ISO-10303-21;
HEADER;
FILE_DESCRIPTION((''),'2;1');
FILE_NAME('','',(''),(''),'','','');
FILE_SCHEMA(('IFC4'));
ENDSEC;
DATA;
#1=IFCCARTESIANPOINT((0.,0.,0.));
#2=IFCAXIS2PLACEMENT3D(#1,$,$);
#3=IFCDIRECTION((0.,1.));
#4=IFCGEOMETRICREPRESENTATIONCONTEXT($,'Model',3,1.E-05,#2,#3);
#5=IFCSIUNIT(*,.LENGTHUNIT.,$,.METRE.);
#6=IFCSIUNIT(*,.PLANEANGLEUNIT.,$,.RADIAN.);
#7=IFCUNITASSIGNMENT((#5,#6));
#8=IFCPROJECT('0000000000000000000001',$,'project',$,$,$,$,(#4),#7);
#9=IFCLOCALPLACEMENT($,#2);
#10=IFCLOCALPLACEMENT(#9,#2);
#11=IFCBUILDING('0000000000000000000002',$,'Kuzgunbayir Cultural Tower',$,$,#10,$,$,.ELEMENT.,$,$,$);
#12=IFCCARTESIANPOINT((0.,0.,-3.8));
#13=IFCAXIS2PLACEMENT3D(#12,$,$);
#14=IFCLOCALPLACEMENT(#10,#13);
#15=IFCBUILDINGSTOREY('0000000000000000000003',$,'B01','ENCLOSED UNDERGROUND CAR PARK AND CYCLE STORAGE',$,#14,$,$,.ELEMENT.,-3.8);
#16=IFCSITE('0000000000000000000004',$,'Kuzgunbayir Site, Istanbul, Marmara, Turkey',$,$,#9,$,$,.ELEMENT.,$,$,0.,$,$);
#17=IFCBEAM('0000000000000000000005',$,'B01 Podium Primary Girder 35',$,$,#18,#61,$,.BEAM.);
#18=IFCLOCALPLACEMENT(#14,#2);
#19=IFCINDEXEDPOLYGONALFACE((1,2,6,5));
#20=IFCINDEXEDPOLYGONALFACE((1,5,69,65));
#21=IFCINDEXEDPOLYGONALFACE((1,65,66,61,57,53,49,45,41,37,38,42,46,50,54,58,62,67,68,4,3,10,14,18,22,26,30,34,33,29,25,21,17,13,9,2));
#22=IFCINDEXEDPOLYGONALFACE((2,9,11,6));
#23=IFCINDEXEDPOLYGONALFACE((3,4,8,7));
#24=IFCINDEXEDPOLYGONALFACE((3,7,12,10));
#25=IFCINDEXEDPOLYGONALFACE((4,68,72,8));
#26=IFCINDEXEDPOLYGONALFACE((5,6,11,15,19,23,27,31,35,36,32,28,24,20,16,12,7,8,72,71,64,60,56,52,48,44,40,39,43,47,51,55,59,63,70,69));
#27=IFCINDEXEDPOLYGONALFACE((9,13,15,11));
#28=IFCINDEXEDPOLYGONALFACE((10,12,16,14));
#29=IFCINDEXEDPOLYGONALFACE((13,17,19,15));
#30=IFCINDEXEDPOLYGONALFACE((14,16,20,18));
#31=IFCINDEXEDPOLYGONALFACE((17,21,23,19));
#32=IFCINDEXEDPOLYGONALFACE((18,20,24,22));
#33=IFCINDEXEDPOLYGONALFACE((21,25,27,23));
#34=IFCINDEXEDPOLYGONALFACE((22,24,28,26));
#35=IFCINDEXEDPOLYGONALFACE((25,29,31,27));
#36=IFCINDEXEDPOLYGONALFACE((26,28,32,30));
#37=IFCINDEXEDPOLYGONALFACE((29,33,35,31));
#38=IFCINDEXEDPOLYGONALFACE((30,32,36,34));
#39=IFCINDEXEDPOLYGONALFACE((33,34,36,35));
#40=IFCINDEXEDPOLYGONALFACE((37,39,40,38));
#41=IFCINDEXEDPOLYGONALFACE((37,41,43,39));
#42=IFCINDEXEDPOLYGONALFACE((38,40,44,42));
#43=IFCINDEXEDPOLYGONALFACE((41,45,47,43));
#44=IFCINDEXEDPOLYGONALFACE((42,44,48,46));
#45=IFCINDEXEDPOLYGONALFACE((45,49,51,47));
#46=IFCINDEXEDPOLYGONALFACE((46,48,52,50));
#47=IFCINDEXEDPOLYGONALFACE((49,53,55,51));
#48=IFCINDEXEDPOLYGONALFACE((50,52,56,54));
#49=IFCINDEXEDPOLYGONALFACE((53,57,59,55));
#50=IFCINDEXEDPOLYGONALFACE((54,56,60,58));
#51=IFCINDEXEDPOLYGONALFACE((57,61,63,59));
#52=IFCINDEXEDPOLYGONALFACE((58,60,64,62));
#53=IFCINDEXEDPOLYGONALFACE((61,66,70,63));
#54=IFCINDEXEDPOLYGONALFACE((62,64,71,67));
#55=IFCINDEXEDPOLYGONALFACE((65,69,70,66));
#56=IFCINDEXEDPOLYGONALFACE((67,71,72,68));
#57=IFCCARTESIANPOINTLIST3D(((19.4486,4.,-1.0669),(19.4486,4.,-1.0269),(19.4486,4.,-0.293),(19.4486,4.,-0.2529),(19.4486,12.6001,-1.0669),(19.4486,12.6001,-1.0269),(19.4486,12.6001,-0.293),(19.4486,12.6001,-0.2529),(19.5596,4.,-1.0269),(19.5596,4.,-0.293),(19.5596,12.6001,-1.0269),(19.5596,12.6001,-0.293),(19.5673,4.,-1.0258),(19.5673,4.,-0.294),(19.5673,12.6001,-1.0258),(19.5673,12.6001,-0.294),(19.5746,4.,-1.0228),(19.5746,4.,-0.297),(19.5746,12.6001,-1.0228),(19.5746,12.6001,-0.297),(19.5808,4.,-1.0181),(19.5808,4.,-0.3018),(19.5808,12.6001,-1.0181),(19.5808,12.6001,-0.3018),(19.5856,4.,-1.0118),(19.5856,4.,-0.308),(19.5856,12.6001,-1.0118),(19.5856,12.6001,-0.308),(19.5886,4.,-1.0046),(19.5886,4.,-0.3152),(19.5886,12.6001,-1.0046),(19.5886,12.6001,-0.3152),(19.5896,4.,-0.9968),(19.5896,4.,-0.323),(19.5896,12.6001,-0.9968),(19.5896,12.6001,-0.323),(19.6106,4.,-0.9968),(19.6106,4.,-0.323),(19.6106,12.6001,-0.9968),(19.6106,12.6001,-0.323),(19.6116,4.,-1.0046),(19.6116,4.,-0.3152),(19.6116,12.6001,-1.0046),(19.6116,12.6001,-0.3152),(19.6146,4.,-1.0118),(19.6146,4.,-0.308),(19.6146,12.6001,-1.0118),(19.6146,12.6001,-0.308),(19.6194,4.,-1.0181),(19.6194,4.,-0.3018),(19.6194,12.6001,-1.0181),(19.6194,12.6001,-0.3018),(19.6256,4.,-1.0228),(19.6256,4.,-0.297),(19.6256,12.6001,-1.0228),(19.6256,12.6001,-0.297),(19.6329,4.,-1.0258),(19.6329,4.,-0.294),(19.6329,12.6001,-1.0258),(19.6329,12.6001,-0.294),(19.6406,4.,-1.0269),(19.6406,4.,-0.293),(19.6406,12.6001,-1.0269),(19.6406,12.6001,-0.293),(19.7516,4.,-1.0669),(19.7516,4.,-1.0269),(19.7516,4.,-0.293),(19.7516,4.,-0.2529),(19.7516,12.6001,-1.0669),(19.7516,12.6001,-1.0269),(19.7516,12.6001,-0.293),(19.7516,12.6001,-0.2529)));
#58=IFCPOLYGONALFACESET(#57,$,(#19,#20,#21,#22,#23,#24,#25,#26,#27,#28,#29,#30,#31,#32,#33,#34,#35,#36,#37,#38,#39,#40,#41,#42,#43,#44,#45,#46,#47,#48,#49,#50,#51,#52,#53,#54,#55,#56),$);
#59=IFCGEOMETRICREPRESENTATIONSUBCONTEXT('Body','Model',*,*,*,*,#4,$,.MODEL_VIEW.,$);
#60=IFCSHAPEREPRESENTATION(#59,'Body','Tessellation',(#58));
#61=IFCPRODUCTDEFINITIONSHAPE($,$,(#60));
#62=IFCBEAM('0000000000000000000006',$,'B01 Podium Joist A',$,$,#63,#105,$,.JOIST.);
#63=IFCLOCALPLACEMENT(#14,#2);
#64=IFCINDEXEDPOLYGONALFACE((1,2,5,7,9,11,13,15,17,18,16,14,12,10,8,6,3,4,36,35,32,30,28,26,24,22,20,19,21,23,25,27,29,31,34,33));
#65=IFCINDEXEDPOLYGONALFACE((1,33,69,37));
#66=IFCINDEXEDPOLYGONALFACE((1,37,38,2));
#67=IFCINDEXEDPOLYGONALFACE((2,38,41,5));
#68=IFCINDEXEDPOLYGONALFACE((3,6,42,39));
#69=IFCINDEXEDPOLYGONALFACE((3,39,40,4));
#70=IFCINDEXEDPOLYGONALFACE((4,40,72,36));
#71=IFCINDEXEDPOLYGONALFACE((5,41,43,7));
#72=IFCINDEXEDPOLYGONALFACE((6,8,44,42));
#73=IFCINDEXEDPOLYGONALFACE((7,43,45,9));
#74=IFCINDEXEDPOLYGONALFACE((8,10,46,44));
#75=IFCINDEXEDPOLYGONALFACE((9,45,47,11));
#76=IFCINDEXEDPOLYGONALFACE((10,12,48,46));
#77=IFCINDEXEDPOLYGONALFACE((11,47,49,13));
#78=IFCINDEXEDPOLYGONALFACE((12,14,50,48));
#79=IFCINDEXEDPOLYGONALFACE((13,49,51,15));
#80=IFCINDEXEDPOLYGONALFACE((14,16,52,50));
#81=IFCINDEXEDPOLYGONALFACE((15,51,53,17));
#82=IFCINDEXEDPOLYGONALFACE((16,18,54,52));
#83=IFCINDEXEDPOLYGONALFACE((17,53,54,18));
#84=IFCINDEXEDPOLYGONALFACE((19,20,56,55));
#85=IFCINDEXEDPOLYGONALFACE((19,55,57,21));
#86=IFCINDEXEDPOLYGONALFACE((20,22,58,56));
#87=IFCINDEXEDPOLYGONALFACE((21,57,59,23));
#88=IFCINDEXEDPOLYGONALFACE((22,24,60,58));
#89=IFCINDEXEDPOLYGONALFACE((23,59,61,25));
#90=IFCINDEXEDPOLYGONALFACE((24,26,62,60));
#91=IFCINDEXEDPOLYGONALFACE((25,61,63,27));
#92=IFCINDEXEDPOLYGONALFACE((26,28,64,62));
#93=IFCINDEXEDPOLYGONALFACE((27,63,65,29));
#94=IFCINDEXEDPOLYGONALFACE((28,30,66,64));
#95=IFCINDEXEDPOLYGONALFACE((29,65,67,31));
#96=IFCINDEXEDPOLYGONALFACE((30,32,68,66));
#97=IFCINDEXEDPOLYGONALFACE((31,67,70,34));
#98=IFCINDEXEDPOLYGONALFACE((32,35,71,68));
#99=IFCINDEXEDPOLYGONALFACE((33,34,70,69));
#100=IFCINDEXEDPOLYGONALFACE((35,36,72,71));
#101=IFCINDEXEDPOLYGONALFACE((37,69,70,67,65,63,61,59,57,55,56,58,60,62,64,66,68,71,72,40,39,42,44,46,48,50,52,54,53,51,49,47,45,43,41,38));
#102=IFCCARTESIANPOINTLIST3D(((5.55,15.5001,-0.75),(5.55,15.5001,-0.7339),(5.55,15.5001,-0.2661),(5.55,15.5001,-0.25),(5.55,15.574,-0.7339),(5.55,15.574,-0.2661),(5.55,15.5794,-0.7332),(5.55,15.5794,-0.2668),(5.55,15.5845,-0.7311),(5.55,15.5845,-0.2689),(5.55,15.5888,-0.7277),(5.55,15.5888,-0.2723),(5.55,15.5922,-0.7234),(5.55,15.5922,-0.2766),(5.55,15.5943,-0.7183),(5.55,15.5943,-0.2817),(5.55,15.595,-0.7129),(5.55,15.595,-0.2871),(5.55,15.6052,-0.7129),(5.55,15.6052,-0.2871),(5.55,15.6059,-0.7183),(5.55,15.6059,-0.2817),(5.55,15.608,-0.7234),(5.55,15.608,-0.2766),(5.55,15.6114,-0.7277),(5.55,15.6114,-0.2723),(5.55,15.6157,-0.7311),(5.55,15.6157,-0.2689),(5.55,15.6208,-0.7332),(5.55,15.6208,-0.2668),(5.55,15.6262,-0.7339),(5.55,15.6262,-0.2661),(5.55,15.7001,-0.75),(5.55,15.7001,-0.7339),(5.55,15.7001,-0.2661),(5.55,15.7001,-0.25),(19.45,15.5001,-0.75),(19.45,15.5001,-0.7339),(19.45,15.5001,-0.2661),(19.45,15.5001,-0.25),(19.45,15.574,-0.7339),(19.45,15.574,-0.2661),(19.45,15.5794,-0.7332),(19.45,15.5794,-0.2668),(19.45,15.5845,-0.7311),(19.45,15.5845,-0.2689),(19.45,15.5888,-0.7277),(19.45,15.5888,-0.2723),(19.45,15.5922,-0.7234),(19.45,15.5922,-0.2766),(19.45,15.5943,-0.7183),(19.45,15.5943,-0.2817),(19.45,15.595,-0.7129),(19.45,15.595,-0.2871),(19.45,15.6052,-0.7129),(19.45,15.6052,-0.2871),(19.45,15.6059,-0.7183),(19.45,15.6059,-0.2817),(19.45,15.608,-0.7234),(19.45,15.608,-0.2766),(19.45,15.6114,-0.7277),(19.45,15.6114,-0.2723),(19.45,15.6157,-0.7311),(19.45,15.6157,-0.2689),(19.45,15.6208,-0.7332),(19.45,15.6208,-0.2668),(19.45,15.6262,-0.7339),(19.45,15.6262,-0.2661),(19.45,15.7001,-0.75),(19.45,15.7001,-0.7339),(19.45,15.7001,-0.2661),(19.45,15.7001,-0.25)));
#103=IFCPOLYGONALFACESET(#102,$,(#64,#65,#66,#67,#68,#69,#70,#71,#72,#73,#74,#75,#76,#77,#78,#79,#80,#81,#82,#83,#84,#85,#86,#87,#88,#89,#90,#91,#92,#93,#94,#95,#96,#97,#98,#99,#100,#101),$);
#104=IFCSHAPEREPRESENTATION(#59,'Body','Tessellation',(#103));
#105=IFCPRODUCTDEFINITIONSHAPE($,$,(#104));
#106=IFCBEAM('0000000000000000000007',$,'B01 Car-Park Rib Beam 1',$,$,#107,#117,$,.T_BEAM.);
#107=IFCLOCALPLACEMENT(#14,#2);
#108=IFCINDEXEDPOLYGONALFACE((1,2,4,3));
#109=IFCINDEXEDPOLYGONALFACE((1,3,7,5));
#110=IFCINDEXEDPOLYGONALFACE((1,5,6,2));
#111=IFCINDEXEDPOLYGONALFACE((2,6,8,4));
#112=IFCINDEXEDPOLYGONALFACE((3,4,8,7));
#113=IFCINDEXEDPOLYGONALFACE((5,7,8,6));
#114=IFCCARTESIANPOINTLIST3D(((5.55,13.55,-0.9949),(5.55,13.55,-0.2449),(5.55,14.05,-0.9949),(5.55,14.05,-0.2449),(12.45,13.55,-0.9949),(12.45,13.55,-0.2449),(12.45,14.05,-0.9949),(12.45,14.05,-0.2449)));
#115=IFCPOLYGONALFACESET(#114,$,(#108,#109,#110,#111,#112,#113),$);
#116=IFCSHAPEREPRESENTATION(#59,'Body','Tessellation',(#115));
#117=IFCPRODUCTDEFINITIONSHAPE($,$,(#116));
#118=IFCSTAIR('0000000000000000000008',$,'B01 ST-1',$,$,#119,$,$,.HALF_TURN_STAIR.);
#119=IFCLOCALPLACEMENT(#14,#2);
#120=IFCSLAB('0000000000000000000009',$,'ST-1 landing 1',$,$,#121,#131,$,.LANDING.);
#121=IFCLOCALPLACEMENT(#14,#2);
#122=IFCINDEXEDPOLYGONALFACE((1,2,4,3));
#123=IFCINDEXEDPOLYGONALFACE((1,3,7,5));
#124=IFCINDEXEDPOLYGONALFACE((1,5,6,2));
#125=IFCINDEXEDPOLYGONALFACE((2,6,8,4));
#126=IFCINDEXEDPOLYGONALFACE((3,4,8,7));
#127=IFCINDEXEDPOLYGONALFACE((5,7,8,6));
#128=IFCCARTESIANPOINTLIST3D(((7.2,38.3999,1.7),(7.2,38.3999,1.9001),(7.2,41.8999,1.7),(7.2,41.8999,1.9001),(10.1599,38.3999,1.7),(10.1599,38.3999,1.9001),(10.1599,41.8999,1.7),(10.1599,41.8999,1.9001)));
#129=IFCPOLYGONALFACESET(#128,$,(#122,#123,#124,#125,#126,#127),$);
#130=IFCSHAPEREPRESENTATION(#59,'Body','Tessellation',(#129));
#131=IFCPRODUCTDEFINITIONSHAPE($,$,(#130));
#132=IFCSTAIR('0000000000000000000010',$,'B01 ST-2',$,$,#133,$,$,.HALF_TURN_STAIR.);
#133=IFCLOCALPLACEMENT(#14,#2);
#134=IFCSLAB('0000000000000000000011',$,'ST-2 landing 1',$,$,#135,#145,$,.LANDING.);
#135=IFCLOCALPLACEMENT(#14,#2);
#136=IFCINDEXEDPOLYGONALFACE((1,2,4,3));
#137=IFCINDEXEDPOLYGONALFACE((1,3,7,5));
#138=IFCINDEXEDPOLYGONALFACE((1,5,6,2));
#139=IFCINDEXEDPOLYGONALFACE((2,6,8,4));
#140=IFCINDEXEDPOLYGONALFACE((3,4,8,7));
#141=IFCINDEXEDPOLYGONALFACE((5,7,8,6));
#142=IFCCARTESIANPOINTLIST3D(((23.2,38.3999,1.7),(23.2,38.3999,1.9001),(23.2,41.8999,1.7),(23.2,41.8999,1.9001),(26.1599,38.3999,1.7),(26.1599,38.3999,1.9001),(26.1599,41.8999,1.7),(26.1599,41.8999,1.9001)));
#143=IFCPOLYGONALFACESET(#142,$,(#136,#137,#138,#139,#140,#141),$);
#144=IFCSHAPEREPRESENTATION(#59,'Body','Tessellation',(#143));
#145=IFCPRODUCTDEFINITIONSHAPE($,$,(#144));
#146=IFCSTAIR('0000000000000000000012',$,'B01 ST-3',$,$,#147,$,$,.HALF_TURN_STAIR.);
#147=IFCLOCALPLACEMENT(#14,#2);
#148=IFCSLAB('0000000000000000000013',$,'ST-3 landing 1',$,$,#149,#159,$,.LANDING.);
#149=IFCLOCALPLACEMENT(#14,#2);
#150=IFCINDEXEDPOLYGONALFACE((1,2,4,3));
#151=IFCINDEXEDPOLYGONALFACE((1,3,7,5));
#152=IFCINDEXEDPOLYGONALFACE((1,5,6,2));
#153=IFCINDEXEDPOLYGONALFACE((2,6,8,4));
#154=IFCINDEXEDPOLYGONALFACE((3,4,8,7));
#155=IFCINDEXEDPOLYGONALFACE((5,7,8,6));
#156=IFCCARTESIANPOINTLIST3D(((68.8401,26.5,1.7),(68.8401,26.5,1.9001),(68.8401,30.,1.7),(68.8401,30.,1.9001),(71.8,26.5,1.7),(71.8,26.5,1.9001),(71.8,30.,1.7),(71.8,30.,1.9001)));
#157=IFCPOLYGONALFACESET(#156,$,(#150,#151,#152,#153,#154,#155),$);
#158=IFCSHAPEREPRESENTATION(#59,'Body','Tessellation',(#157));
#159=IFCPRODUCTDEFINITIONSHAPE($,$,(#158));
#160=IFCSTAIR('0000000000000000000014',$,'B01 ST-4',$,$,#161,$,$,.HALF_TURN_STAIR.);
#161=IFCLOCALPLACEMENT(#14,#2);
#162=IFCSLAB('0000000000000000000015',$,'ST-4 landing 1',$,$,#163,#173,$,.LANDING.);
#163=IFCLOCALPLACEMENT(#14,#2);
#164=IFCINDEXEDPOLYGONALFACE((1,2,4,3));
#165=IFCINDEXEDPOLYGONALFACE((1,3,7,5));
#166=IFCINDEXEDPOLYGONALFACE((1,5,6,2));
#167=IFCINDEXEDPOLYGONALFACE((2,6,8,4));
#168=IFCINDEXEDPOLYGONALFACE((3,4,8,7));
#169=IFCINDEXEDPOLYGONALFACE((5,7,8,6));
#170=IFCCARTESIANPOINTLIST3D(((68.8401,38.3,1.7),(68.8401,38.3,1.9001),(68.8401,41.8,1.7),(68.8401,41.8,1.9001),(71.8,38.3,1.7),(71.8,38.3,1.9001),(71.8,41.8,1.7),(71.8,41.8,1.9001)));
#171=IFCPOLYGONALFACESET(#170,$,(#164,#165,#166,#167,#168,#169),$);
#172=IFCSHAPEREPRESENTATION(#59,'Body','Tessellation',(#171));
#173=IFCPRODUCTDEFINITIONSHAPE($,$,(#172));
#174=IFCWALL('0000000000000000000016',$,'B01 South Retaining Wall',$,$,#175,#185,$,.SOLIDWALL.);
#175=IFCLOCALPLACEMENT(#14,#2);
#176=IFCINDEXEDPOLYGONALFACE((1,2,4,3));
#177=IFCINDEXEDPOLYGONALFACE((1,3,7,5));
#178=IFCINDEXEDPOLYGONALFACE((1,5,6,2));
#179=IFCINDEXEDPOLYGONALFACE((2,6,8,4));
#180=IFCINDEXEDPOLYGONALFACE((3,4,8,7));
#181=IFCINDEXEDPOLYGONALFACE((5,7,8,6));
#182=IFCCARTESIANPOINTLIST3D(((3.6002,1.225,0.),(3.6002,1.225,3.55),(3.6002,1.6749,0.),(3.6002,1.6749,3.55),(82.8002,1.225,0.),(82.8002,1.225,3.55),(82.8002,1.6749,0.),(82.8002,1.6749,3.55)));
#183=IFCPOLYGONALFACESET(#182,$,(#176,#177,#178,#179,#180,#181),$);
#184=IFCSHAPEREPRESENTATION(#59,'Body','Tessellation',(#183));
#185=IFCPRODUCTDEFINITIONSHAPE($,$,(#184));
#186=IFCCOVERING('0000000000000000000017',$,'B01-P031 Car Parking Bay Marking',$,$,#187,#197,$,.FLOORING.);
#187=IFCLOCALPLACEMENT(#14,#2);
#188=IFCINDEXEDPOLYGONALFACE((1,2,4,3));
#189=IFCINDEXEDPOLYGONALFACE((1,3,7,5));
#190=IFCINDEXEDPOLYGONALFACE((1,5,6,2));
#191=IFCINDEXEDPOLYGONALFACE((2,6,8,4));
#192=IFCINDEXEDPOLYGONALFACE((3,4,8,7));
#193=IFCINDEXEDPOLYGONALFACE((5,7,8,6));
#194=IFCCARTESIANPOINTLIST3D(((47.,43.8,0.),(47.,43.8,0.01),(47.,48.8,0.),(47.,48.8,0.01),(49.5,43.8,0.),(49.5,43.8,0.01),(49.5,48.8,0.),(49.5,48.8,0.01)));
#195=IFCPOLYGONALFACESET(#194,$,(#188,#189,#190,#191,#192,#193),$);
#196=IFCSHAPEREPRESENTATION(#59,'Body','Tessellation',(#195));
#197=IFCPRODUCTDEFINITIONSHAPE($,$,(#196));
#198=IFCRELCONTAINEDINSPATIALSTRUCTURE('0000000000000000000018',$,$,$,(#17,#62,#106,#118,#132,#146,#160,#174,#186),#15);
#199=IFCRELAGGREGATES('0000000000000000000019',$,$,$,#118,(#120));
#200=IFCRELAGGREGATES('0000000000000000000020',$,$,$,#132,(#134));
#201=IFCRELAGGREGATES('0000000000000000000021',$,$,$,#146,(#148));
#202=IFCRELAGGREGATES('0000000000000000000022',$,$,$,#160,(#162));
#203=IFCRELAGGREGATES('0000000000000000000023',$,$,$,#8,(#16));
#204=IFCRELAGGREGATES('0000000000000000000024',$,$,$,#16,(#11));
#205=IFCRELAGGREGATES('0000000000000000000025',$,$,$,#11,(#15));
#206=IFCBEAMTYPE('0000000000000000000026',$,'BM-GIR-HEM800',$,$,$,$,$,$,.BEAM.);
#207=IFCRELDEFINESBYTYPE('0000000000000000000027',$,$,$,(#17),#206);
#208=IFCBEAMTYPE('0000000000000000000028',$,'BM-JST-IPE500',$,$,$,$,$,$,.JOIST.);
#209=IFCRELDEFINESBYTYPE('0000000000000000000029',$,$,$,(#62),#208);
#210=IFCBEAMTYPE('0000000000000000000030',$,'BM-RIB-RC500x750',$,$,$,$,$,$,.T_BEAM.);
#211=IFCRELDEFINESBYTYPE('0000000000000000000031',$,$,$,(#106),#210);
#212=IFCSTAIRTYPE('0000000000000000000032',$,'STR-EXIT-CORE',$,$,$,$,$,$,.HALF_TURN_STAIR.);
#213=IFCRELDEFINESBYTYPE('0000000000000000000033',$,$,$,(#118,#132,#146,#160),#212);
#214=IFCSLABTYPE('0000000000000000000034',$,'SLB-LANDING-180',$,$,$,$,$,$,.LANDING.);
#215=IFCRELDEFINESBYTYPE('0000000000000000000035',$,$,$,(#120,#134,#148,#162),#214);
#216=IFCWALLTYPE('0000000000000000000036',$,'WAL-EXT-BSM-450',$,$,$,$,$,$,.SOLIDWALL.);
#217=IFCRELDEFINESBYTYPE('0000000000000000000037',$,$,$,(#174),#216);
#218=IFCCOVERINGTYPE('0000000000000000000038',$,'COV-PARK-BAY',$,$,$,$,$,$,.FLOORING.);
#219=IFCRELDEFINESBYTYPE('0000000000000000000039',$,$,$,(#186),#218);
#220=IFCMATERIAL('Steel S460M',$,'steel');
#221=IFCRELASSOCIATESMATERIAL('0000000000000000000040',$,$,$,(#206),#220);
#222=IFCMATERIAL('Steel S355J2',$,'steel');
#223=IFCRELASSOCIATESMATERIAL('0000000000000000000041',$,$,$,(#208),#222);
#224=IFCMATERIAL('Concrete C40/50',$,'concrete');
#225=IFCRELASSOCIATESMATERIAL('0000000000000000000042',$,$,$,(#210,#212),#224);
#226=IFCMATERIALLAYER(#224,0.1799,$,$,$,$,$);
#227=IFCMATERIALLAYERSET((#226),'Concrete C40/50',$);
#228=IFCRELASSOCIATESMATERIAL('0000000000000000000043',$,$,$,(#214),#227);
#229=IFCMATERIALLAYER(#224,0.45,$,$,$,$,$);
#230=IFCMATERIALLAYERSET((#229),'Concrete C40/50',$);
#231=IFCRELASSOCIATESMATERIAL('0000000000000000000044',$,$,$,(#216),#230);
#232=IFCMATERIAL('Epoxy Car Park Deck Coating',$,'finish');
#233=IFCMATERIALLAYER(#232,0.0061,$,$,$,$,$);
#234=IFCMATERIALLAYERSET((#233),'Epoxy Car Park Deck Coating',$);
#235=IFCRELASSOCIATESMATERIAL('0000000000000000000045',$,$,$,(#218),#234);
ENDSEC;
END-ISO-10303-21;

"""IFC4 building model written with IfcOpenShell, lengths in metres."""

from ifc_helpers import new_model, si_unit, direction, frame, frame_2d, origin, origin_2d, place, context, subcontext, project, spatial, polyline, rectangle, i_section, outline, extrude, material, layer, layer_set, material_profile, profile_set, type_object, element, aggregate, save


model = new_model("IFC4")

# Units and contexts
model_context = context("Model", 3, precision=1e-05, world=origin(), true_north=direction((0.0, 1.0)))
body_context = subcontext(model_context, "Body", "Model", "MODEL_VIEW")
ifc_project = project(units=[si_unit("LENGTHUNIT", "METRE"), si_unit("PLANEANGLEUNIT", "RADIAN")], contexts=[model_context])

# Site, building, storey
site_placement = place(None, origin())
site = spatial("IfcSite", under=ifc_project, at=site_placement, Name="Kuzgunbayir Site, Istanbul, Marmara, Turkey", CompositionType="ELEMENT", RefElevation=0.0)
building_placement = place(site_placement, origin())
building = spatial("IfcBuilding", under=site, at=building_placement, Name="Kuzgunbayir Cultural Tower", CompositionType="ELEMENT")
storey_placement = place(building_placement, frame((0.0, 0.0, -3.8)))
storey = spatial("IfcBuildingStorey", under=building, at=storey_placement, Name="B01", Description="ENCLOSED UNDERGROUND CAR PARK AND CYCLE STORAGE", CompositionType="ELEMENT", Elevation=-3.8)

# Shared definitions
ifc_material_1 = material(Name="Concrete C40/50", Category="concrete")

# Beams
ifc_material_2 = material(Name="Steel S460M", Category="steel")
ifc_material_profile_1 = material_profile(ifc_material_2, i_section(OverallWidth=0.303, OverallDepth=0.814, WebThickness=0.021, FlangeThickness=0.04, FilletRadius=0.03, at=origin_2d()), Name="HEM 800")
ifc_profile_set_1 = profile_set([ifc_material_profile_1], Name="Steel S460M")
beam_type_1 = type_object("IfcBeamType", Name="BM-GIR-HEM800", PredefinedType="BEAM", material=ifc_profile_set_1)
for number, where, z_axis, x_axis, name in (
    (1, (19.6001, 4.0, -0.6599), (0.0, 1.0, 0.0), (-1.0, 0.0, 0.0), "B01 Podium Primary Girder 35"),
):
    element("IfcBeam", number, at=place(storey_placement, frame(where, z_axis=z_axis, x_axis=x_axis)), inside=storey, type_object=beam_type_1, Name=name, PredefinedType="BEAM", context=body_context, shape_type="SweptSolid", body=[
        extrude(i_section(OverallWidth=0.303, OverallDepth=0.814, WebThickness=0.021, FlangeThickness=0.04, FilletRadius=0.03, at=origin_2d()), origin(), (0.0, 0.0, 1.0), 8.6001),
    ])
ifc_material_3 = material(Name="Steel S355J2", Category="steel")
ifc_material_profile_2 = material_profile(ifc_material_3, i_section(OverallWidth=0.2, OverallDepth=0.5, WebThickness=0.0103, FlangeThickness=0.0161, FilletRadius=0.021, at=origin_2d()), Name="IPE 500")
ifc_profile_set_2 = profile_set([ifc_material_profile_2], Name="Steel S355J2")
beam_type_2 = type_object("IfcBeamType", Name="BM-JST-IPE500", PredefinedType="JOIST", material=ifc_profile_set_2)
beam_1_placement = place(storey_placement, frame((5.55, 15.6001, -0.5), z_axis=(1.0, 0.0, 0.0), x_axis=(0.0, 1.0, 0.0)))
element("IfcBeam", 2, at=beam_1_placement, inside=storey, type_object=beam_type_2, Name="B01 Podium Joist A", PredefinedType="JOIST", context=body_context, shape_type="SweptSolid", body=[
    extrude(i_section(OverallWidth=0.2, OverallDepth=0.5, WebThickness=0.0103, FlangeThickness=0.0161, FilletRadius=0.021, at=origin_2d()), origin(), (0.0, 0.0, 1.0), 13.8999),
])
ifc_material_profile_3 = material_profile(ifc_material_1, rectangle(XDim=0.5, YDim=0.75, at=origin_2d()), Name="RC 500x750")
ifc_profile_set_3 = profile_set([ifc_material_profile_3], Name="Concrete C40/50")
beam_type_3 = type_object("IfcBeamType", Name="BM-RIB-RC500x750", PredefinedType="T_BEAM", material=ifc_profile_set_3)
beam_2_placement = place(storey_placement, frame((5.55, 13.8, -0.6199), z_axis=(1.0, 0.0, 0.0), x_axis=(0.0, 1.0, 0.0)))
element("IfcBeam", 3, at=beam_2_placement, inside=storey, type_object=beam_type_3, Name="B01 Car-Park Rib Beam 1", PredefinedType="T_BEAM", context=body_context, shape_type="SweptSolid", body=[
    extrude(rectangle(XDim=0.5, YDim=0.75, at=origin_2d()), origin(), (0.0, 0.0, 1.0), 6.8999),
])

# Stairs, slabs
stair_type = type_object("IfcStairType", Name="STR-EXIT-CORE", PredefinedType="HALF_TURN_STAIR", material=ifc_material_1)
stair_1_placement = place(storey_placement, origin())
stair_1 = element("IfcStair", 4, at=stair_1_placement, inside=storey, type_object=stair_type, Name="B01 ST-1", PredefinedType="HALF_TURN_STAIR")
ifc_layer_1 = layer(ifc_material_1, 0.1799)
ifc_layer_set_1 = layer_set([ifc_layer_1], Name="Concrete C40/50")
slab_type = type_object("IfcSlabType", Name="SLB-LANDING-180", PredefinedType="LANDING", material=ifc_layer_set_1)
slab_1_placement = place(storey_placement, frame((0.0, 0.0, 1.7)))
slab_1 = element("IfcSlab", 5, at=slab_1_placement, type_object=slab_type, Name="ST-1 landing 1", PredefinedType="LANDING", context=body_context, shape_type="SweptSolid", body=[
    extrude(outline(polyline([(10.1599, 38.3999), (10.1599, 41.8999), (7.2, 41.8999), (7.2, 38.3999), (10.1599, 38.3999)])), origin(), (0.0, 0.0, 1.0), 0.2002),
])
aggregate(stair_1, [slab_1])
stair_2_placement = place(storey_placement, origin())
stair_2 = element("IfcStair", 6, at=stair_2_placement, inside=storey, type_object=stair_type, Name="B01 ST-2", PredefinedType="HALF_TURN_STAIR")
slab_2_placement = place(storey_placement, frame((0.0, 0.0, 1.7)))
slab_2 = element("IfcSlab", 7, at=slab_2_placement, type_object=slab_type, Name="ST-2 landing 1", PredefinedType="LANDING", context=body_context, shape_type="SweptSolid", body=[
    extrude(outline(polyline([(26.1599, 38.3999), (26.1599, 41.8999), (23.2, 41.8999), (23.2, 38.3999), (26.1599, 38.3999)])), origin(), (0.0, 0.0, 1.0), 0.2002),
])
aggregate(stair_2, [slab_2])
stair_3_placement = place(storey_placement, origin())
stair_3 = element("IfcStair", 8, at=stair_3_placement, inside=storey, type_object=stair_type, Name="B01 ST-3", PredefinedType="HALF_TURN_STAIR")
slab_3_placement = place(storey_placement, frame((0.0, 0.0, 1.7)))
slab_3 = element("IfcSlab", 9, at=slab_3_placement, type_object=slab_type, Name="ST-3 landing 1", PredefinedType="LANDING", context=body_context, shape_type="SweptSolid", body=[
    extrude(outline(polyline([(71.8, 26.5), (71.8, 30.0), (68.8401, 30.0), (68.8401, 26.5), (71.8, 26.5)])), origin(), (0.0, 0.0, 1.0), 0.2002),
])
aggregate(stair_3, [slab_3])
stair_4_placement = place(storey_placement, origin())
stair_4 = element("IfcStair", 10, at=stair_4_placement, inside=storey, type_object=stair_type, Name="B01 ST-4", PredefinedType="HALF_TURN_STAIR")
slab_4_placement = place(storey_placement, frame((0.0, 0.0, 1.7)))
slab_4 = element("IfcSlab", 11, at=slab_4_placement, type_object=slab_type, Name="ST-4 landing 1", PredefinedType="LANDING", context=body_context, shape_type="SweptSolid", body=[
    extrude(outline(polyline([(71.8, 38.3), (71.8, 41.8), (68.8401, 41.8), (68.8401, 38.3), (71.8, 38.3)])), origin(), (0.0, 0.0, 1.0), 0.2002),
])
aggregate(stair_4, [slab_4])

# Wall
ifc_layer_2 = layer(ifc_material_1, 0.45)
ifc_layer_set_2 = layer_set([ifc_layer_2], Name="Concrete C40/50")
wall_type = type_object("IfcWallType", Name="WAL-EXT-BSM-450", PredefinedType="SOLIDWALL", material=ifc_layer_set_2)
wall_placement = place(storey_placement, frame((3.6001, 1.45, 0.0), z_axis=(0.0, 0.0, 1.0), x_axis=(1.0, 0.0, 0.0)))
element("IfcWall", 12, at=wall_placement, inside=storey, type_object=wall_type, Name="B01 South Retaining Wall", PredefinedType="SOLIDWALL", context=body_context, shape_type="SweptSolid", body=[
    extrude(rectangle(XDim=79.2, YDim=0.45, at=frame_2d((39.6001, 0.0))), origin(), (0.0, 0.0, 1.0), 3.55),
])

# Covering
ifc_material_4 = material(Name="Epoxy Car Park Deck Coating", Category="finish")
ifc_layer_3 = layer(ifc_material_4, 0.0061)
ifc_layer_set_3 = layer_set([ifc_layer_3], Name="Epoxy Car Park Deck Coating")
covering_type = type_object("IfcCoveringType", Name="COV-PARK-BAY", PredefinedType="FLOORING", material=ifc_layer_set_3)
covering_1_placement = place(storey_placement, origin())
element("IfcCovering", 13, at=covering_1_placement, inside=storey, type_object=covering_type, Name="B01-P031 Car Parking Bay Marking", PredefinedType="FLOORING", context=body_context, shape_type="SweptSolid", body=[
    extrude(outline(polyline([(47.0, 43.8), (49.5, 43.8), (49.5, 48.8), (47.0, 48.8), (47.0, 43.8)])), origin(), (0.0, 0.0, 1.0), 0.01),
])

save(model, "model.ifc")
